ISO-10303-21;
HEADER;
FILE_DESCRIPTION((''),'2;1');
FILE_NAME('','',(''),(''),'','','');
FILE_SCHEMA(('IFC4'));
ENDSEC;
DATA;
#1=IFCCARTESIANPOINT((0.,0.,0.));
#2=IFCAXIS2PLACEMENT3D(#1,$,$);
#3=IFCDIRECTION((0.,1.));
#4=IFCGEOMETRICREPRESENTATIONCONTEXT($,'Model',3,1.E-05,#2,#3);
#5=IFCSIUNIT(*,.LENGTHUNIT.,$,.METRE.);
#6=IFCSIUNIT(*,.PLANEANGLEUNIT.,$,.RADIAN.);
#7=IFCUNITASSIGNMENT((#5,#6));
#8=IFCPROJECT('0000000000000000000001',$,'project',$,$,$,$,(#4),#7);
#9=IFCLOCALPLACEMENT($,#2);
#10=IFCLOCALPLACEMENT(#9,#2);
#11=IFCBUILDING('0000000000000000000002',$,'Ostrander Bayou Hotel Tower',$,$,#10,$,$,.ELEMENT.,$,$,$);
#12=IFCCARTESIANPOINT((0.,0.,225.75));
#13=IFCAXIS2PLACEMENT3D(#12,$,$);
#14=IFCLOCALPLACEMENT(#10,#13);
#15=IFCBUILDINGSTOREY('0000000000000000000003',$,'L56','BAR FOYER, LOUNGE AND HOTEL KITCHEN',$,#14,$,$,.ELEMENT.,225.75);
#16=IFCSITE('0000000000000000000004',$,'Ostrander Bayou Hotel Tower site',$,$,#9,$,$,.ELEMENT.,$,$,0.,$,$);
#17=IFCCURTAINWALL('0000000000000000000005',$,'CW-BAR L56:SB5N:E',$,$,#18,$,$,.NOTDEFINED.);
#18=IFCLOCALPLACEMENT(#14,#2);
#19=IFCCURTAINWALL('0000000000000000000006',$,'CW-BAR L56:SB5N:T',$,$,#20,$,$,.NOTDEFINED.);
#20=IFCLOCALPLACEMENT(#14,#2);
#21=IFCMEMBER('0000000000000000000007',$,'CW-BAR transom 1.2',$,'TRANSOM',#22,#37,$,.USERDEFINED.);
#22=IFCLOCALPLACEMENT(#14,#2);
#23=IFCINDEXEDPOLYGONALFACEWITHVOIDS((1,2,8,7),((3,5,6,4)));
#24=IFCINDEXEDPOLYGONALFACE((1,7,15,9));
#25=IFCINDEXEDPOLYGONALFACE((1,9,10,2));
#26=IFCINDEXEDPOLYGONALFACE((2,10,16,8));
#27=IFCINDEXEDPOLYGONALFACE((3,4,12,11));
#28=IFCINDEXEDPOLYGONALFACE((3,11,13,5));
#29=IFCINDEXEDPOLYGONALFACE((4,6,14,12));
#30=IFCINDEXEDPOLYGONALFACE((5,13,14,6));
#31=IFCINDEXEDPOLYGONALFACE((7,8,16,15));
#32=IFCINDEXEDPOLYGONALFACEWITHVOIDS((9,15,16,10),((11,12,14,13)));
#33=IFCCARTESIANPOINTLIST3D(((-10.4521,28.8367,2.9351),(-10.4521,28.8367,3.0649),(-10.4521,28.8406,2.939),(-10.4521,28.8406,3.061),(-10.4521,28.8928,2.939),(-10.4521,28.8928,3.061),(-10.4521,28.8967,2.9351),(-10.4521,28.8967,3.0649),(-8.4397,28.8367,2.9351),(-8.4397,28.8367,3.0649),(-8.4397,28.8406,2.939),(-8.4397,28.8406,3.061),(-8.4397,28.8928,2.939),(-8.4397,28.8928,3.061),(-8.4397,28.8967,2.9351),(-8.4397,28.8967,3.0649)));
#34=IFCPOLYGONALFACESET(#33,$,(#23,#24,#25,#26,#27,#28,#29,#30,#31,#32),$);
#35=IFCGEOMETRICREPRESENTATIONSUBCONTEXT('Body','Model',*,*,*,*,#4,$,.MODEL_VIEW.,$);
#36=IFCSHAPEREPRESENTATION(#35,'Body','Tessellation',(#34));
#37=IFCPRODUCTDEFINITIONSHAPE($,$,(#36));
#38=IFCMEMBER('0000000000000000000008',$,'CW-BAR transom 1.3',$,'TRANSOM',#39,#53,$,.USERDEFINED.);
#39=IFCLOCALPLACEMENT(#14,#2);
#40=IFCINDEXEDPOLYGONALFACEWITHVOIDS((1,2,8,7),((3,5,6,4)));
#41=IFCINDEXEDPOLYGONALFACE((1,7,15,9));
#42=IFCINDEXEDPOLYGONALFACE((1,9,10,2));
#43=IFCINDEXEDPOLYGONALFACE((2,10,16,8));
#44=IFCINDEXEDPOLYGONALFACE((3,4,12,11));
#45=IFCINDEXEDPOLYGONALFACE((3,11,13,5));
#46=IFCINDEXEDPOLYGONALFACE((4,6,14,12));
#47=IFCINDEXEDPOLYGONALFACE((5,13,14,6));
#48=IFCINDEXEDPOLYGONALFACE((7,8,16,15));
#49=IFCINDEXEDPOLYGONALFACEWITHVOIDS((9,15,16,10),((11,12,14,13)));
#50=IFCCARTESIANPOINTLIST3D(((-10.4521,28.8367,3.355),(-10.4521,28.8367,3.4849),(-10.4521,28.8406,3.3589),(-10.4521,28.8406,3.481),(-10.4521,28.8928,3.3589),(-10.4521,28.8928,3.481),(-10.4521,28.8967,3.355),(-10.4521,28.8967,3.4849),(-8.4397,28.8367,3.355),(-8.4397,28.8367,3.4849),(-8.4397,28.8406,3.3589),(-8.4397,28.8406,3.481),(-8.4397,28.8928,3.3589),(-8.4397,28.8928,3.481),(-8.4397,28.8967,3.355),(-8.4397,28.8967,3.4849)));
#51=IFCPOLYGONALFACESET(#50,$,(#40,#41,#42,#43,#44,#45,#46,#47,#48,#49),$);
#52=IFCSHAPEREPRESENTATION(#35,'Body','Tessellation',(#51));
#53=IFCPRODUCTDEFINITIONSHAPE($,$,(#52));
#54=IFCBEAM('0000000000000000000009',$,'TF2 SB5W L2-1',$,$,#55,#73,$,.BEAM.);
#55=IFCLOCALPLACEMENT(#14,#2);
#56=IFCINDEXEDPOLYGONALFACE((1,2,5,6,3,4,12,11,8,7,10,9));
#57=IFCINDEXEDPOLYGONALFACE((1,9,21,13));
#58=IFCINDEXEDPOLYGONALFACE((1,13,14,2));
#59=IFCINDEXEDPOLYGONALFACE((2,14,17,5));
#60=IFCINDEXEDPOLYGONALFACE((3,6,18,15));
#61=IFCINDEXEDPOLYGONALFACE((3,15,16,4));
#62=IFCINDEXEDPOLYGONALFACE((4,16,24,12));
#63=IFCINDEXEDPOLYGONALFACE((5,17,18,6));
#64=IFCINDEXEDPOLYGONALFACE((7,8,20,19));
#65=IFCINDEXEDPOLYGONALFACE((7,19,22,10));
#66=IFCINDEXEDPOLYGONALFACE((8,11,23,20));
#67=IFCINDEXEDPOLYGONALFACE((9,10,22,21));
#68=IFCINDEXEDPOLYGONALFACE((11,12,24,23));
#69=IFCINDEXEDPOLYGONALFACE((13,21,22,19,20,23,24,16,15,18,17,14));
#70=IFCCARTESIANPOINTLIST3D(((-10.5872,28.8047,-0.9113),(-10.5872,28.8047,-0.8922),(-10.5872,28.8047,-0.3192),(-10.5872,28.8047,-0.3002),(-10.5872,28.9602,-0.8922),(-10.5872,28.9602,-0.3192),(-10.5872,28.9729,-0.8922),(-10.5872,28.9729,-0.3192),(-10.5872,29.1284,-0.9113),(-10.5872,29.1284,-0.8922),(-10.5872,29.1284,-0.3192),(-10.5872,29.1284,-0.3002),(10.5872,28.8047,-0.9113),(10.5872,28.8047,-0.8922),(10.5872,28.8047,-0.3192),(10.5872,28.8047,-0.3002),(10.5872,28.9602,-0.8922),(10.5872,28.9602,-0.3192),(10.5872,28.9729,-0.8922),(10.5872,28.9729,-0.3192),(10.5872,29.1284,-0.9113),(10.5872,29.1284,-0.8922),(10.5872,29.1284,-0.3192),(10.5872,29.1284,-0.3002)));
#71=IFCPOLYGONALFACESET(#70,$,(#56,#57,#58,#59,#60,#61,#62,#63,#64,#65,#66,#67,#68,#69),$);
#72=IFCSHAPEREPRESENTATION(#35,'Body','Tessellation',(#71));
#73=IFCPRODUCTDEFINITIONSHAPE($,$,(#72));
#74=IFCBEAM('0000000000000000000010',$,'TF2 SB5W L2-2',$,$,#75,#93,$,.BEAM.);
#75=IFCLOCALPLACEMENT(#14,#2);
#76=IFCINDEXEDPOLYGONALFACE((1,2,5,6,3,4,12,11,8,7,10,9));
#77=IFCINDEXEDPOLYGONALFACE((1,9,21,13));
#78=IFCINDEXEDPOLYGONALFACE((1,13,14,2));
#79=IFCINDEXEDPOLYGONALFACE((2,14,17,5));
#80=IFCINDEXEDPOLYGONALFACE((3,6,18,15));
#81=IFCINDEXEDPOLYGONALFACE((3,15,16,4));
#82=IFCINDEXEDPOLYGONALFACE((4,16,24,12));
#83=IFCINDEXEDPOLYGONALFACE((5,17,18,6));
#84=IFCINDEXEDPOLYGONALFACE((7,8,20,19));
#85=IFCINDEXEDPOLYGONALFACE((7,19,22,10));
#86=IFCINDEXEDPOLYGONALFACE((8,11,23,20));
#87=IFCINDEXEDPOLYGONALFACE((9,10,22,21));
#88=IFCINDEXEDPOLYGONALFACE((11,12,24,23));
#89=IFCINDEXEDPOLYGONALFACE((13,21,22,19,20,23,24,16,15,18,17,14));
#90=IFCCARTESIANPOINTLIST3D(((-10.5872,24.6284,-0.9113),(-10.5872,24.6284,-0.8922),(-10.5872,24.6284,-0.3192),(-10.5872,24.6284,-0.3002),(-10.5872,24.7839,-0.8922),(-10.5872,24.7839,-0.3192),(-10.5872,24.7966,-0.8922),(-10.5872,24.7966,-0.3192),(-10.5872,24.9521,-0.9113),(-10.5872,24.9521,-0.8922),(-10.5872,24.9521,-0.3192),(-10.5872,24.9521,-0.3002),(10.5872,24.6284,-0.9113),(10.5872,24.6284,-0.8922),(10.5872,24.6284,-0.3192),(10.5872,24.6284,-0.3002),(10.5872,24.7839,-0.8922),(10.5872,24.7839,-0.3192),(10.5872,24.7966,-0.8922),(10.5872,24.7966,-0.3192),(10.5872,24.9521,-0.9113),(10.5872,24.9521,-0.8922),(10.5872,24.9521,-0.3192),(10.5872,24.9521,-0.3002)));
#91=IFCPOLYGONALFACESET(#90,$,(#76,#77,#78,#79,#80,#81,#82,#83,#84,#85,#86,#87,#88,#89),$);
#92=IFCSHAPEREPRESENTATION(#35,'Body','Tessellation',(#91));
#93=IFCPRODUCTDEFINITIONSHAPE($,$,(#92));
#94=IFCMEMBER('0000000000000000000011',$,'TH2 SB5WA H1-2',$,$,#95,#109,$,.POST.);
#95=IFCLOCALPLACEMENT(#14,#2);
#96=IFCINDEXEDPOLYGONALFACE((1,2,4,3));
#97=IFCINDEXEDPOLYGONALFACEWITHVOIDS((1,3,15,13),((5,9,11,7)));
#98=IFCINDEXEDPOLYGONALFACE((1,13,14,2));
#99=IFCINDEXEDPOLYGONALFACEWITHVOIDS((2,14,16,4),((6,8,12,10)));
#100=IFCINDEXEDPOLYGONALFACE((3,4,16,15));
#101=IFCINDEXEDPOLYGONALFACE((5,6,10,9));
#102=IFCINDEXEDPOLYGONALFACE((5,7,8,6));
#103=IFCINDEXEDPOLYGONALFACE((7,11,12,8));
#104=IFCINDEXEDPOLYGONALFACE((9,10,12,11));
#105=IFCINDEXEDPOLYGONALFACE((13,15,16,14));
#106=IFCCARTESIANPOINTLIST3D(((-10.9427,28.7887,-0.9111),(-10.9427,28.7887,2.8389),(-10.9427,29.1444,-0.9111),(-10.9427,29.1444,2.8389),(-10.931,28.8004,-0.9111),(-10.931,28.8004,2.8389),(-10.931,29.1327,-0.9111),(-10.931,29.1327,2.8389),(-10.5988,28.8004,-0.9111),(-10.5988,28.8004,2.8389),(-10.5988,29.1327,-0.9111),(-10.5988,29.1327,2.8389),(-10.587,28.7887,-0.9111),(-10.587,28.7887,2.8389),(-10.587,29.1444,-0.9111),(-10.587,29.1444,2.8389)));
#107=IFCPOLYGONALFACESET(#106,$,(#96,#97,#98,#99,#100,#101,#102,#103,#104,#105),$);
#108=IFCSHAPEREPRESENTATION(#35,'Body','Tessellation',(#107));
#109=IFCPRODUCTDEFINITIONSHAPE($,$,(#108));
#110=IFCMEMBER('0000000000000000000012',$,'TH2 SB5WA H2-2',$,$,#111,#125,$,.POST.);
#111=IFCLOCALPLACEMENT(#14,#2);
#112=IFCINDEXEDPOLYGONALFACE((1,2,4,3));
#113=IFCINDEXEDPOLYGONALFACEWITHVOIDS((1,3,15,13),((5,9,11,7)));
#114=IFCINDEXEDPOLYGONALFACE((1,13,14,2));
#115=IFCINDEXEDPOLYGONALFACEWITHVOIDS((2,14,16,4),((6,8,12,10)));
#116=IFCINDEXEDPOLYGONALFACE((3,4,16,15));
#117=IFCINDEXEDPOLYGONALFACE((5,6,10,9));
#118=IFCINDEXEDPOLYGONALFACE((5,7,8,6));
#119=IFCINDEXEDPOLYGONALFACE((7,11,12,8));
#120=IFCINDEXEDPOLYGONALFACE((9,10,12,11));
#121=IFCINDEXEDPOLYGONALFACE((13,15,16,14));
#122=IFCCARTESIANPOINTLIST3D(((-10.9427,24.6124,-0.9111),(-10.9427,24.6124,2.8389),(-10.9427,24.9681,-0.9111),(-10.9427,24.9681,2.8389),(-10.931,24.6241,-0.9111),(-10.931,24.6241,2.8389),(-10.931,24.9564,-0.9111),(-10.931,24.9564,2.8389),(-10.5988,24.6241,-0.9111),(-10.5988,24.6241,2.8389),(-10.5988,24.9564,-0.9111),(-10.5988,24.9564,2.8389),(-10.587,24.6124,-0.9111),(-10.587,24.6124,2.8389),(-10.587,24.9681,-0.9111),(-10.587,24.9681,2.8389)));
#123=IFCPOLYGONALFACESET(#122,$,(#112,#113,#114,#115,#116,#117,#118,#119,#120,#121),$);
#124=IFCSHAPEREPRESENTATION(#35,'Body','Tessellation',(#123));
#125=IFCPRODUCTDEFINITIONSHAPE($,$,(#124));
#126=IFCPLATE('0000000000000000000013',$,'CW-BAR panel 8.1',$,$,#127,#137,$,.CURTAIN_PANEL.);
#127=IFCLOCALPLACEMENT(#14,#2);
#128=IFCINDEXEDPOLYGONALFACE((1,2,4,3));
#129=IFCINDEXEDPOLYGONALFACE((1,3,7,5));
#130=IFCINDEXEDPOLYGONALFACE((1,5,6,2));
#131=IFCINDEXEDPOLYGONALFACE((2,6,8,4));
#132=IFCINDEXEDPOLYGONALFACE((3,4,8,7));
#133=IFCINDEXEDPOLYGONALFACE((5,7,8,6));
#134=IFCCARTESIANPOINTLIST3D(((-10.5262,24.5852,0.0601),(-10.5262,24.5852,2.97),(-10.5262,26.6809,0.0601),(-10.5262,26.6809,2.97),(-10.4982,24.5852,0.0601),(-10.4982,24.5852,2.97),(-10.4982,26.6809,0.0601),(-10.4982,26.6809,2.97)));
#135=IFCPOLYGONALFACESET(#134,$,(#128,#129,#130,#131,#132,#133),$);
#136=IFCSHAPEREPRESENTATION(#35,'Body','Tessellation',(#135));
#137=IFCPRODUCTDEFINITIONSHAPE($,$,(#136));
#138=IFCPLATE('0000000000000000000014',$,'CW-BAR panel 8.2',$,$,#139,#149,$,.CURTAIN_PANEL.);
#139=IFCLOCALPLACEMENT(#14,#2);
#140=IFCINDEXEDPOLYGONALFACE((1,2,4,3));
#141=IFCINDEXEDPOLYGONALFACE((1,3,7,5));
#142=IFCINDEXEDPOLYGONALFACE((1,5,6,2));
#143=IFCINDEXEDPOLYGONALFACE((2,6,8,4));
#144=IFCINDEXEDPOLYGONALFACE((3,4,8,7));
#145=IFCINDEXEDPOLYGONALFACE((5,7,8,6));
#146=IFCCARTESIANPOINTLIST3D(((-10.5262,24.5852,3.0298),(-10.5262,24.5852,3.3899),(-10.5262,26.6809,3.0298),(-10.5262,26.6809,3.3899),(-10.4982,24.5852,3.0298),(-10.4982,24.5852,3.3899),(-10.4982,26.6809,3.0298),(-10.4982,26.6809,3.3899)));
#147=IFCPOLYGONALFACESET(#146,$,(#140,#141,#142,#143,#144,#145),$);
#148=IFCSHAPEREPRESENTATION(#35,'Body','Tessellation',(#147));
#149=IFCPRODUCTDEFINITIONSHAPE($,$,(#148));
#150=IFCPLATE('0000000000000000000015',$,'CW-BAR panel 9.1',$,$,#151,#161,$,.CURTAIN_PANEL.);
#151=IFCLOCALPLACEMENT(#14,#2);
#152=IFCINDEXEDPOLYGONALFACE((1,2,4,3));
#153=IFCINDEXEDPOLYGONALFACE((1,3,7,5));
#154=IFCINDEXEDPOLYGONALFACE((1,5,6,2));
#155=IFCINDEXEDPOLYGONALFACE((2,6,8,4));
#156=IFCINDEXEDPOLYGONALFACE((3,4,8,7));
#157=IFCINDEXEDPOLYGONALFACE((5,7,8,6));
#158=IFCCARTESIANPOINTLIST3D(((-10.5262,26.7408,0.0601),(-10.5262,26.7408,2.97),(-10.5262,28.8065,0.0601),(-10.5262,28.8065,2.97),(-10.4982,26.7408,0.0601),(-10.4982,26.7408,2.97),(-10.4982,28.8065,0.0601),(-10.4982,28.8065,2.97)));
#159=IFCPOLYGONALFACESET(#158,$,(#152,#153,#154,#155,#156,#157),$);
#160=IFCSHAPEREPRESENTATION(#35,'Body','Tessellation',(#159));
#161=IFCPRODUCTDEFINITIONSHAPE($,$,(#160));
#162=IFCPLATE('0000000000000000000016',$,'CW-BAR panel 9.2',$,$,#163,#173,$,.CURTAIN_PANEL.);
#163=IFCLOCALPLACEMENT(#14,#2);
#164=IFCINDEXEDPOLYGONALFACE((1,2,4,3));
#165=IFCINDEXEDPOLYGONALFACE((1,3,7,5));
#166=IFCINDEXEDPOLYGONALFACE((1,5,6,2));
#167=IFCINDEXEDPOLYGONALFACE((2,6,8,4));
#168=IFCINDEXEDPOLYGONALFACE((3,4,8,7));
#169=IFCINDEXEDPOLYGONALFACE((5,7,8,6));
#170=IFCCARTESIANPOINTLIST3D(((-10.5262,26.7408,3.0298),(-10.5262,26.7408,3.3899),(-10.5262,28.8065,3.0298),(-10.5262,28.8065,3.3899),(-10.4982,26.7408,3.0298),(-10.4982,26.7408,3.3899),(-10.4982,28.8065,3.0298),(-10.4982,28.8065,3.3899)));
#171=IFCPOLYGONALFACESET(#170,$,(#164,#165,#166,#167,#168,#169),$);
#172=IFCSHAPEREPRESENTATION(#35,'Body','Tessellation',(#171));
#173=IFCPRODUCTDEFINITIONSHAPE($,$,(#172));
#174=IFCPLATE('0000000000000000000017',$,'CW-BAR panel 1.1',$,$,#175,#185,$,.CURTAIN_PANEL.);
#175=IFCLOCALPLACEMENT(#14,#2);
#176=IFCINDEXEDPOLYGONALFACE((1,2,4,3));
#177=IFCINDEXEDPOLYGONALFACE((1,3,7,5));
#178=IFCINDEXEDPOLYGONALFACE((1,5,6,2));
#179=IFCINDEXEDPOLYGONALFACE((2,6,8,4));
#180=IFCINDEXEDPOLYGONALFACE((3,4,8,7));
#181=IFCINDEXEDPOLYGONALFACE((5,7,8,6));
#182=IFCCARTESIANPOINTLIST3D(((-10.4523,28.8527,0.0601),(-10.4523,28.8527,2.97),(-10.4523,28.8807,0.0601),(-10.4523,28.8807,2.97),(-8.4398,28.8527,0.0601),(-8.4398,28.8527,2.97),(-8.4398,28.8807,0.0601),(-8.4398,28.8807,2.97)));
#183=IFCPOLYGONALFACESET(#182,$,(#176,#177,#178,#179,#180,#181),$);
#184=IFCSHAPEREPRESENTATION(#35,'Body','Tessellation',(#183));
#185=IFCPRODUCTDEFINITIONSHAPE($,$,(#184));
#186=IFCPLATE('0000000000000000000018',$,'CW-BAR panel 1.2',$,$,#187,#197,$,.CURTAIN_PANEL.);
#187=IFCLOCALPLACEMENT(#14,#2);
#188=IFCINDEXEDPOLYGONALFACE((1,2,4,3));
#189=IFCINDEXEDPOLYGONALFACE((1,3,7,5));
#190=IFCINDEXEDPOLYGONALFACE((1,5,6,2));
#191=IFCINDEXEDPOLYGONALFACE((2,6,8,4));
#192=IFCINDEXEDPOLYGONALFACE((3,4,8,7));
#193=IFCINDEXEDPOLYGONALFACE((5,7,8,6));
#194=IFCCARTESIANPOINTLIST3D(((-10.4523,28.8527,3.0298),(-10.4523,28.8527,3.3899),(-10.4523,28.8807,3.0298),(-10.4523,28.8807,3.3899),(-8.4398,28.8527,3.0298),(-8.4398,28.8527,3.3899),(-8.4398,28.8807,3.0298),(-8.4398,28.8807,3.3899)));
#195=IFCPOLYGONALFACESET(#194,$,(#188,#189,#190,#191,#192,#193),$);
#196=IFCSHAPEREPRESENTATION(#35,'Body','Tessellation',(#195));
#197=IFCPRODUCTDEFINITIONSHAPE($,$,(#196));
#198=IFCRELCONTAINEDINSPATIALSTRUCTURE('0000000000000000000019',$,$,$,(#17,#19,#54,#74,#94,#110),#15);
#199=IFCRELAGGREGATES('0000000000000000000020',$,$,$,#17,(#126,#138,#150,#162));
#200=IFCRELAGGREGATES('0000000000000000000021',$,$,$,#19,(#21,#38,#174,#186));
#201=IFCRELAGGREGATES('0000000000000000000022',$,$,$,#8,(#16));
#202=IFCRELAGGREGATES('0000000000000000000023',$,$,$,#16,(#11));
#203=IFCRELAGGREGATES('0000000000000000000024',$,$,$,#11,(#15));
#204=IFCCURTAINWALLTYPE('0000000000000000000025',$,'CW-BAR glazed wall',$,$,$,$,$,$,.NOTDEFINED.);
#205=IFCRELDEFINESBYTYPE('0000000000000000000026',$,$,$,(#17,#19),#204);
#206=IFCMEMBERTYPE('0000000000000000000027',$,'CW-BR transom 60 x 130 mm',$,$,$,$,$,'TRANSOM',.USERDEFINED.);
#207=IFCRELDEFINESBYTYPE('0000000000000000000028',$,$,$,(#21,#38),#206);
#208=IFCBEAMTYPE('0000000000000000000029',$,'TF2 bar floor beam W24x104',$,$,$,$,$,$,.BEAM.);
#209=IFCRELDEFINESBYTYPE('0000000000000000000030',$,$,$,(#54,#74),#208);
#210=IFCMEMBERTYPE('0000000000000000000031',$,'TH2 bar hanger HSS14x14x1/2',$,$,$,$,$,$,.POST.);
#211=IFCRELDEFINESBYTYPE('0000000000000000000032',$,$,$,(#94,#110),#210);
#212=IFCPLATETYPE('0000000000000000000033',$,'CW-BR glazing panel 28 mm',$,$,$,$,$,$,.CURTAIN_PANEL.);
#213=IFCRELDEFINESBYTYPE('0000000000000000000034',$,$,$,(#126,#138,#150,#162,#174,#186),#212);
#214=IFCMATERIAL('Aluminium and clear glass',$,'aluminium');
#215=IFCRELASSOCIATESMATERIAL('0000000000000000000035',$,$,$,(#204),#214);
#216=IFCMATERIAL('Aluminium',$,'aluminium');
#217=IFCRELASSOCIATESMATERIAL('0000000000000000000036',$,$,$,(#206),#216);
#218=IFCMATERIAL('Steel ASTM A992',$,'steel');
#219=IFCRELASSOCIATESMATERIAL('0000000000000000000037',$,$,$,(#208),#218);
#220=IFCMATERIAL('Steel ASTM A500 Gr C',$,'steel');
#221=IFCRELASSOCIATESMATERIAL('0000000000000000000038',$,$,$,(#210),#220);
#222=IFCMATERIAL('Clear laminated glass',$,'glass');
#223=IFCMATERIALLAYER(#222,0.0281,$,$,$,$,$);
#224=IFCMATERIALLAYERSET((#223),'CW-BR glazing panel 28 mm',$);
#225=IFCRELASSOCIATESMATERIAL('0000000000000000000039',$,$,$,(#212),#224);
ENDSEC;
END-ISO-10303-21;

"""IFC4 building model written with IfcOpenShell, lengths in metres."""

from ifc_helpers import new_model, si_unit, direction, frame, origin, origin_2d, place, context, subcontext, project, spatial, rectangle, hollow_rectangle, i_section, extrude, material, layer, layer_set, material_profile, profile_set, type_object, element, aggregate, save


model = new_model("IFC4")

# Units and contexts
model_context = context("Model", 3, precision=1e-05, world=origin(), true_north=direction((0.0, 1.0)))
body_context = subcontext(model_context, "Body", "Model", "MODEL_VIEW")
ifc_project = project(units=[si_unit("LENGTHUNIT", "METRE"), si_unit("PLANEANGLEUNIT", "RADIAN")], contexts=[model_context])

# Site, building, storey
site_placement = place(None, origin())
site = spatial("IfcSite", under=ifc_project, at=site_placement, Name="Ostrander Bayou Hotel Tower site", CompositionType="ELEMENT", RefElevation=0.0)
building_placement = place(site_placement, origin())
building = spatial("IfcBuilding", under=site, at=building_placement, Name="Ostrander Bayou Hotel Tower", CompositionType="ELEMENT")
storey_placement = place(building_placement, frame((0.0, 0.0, 225.75)))
storey = spatial("IfcBuildingStorey", under=building, at=storey_placement, Name="L56", Description="BAR FOYER, LOUNGE AND HOTEL KITCHEN", CompositionType="ELEMENT", Elevation=225.75)

# Curtain walls
ifc_material_1 = material(Name="Aluminium and clear glass", Category="aluminium")
curtain_wall_type = type_object("IfcCurtainWallType", Name="CW-BAR glazed wall", PredefinedType="NOTDEFINED", material=ifc_material_1)
curtain_wall_1_placement = place(storey_placement, origin())
curtain_wall_1 = element("IfcCurtainWall", 1, at=curtain_wall_1_placement, inside=storey, type_object=curtain_wall_type, Name="CW-BAR L56:SB5N:E", PredefinedType="NOTDEFINED")
curtain_wall_2_placement = place(storey_placement, origin())
curtain_wall_2 = element("IfcCurtainWall", 2, at=curtain_wall_2_placement, inside=storey, type_object=curtain_wall_type, Name="CW-BAR L56:SB5N:T", PredefinedType="NOTDEFINED")

# Members
ifc_material_2 = material(Name="Aluminium", Category="aluminium")
ifc_material_profile_1 = material_profile(ifc_material_2, hollow_rectangle(XDim=0.0601, YDim=0.1299, WallThickness=0.0039, at=origin_2d()))
ifc_profile_set_1 = profile_set([ifc_material_profile_1], Name="Aluminium")
member_type_1 = type_object("IfcMemberType", Name="CW-BR transom 60 x 130 mm", ElementType="TRANSOM", PredefinedType="USERDEFINED", material=ifc_profile_set_1)
member_1_placement = place(storey_placement, frame((-10.4521, 28.8667, 3.0), z_axis=(1.0, 0.0, 0.0), x_axis=(0.0, 1.0, 0.0)))
member_1 = element("IfcMember", 3, at=member_1_placement, type_object=member_type_1, Name="CW-BAR transom 1.2", ObjectType="TRANSOM", PredefinedType="USERDEFINED", context=body_context, shape_type="SweptSolid", body=[
    extrude(hollow_rectangle(XDim=0.0601, YDim=0.1299, WallThickness=0.0039, at=origin_2d()), origin(), (0.0, 0.0, 1.0), 2.0125),
])
member_2_placement = place(storey_placement, frame((-10.4521, 28.8667, 3.4199), z_axis=(1.0, 0.0, 0.0), x_axis=(0.0, 1.0, 0.0)))
member_2 = element("IfcMember", 4, at=member_2_placement, type_object=member_type_1, Name="CW-BAR transom 1.3", ObjectType="TRANSOM", PredefinedType="USERDEFINED", context=body_context, shape_type="SweptSolid", body=[
    extrude(hollow_rectangle(XDim=0.0601, YDim=0.1299, WallThickness=0.0039, at=origin_2d()), origin(), (0.0, 0.0, 1.0), 2.0125),
])

# Beams
ifc_material_3 = material(Name="Steel ASTM A992", Category="steel")
ifc_material_profile_2 = material_profile(ifc_material_3, i_section(OverallWidth=0.3237, OverallDepth=0.6111, WebThickness=0.0127, FlangeThickness=0.019, at=origin_2d()))
ifc_profile_set_2 = profile_set([ifc_material_profile_2], Name="Steel ASTM A992")
beam_type = type_object("IfcBeamType", Name="TF2 bar floor beam W24x104", PredefinedType="BEAM", material=ifc_profile_set_2)
for number, where, z_axis, x_axis, name in (
    (5, (-10.5872, 28.9666, -0.6057), (1.0, 0.0, 0.0), (0.0, 1.0, 0.0), "TF2 SB5W L2-1"),
    (6, (-10.5872, 24.7903, -0.6057), (1.0, 0.0, 0.0), (0.0, 1.0, 0.0), "TF2 SB5W L2-2"),
):
    element("IfcBeam", number, at=place(storey_placement, frame(where, z_axis=z_axis, x_axis=x_axis)), inside=storey, type_object=beam_type, Name=name, PredefinedType="BEAM", context=body_context, shape_type="SweptSolid", body=[
        extrude(i_section(OverallWidth=0.3237, OverallDepth=0.6111, WebThickness=0.0127, FlangeThickness=0.019, at=origin_2d()), origin(), (0.0, 0.0, 1.0), 21.1743),
    ])

# Members
ifc_material_4 = material(Name="Steel ASTM A500 Gr C", Category="steel")
ifc_material_profile_3 = material_profile(ifc_material_4, hollow_rectangle(XDim=0.3557, YDim=0.3557, WallThickness=0.0117, at=origin_2d()))
ifc_profile_set_3 = profile_set([ifc_material_profile_3], Name="Steel ASTM A500 Gr C")
member_type_2 = type_object("IfcMemberType", Name="TH2 bar hanger HSS14x14x1/2", PredefinedType="POST", material=ifc_profile_set_3)
for number, where, z_axis, x_axis, name in (
    (7, (-10.7649, 28.9666, -0.9111), (0.0, 0.0, 1.0), (1.0, 0.0, 0.0), "TH2 SB5WA H1-2"),
    (8, (-10.7649, 24.7903, -0.9111), (0.0, 0.0, 1.0), (1.0, 0.0, 0.0), "TH2 SB5WA H2-2"),
):
    element("IfcMember", number, at=place(storey_placement, frame(where, z_axis=z_axis, x_axis=x_axis)), inside=storey, type_object=member_type_2, Name=name, PredefinedType="POST", context=body_context, shape_type="SweptSolid", body=[
        extrude(hollow_rectangle(XDim=0.3557, YDim=0.3557, WallThickness=0.0117, at=origin_2d()), origin(), (0.0, 0.0, 1.0), 3.75),
    ])

# Plates
ifc_material_5 = material(Name="Clear laminated glass", Category="glass")
ifc_layer = layer(ifc_material_5, 0.0281)
ifc_layer_set = layer_set([ifc_layer], Name="CW-BR glazing panel 28 mm")
plate_type = type_object("IfcPlateType", Name="CW-BR glazing panel 28 mm", PredefinedType="CURTAIN_PANEL", material=ifc_layer_set)
plate_1_placement = place(storey_placement, frame((-10.5122, 25.6331, 0.0601), z_axis=(0.0, 0.0, 1.0), x_axis=(0.0, 1.0, 0.0)))
plate_1 = element("IfcPlate", 9, at=plate_1_placement, type_object=plate_type, Name="CW-BAR panel 8.1", PredefinedType="CURTAIN_PANEL", context=body_context, shape_type="SweptSolid", body=[
    extrude(rectangle(XDim=2.0957, YDim=0.0281, at=origin_2d()), origin(), (0.0, 0.0, 1.0), 2.9099),
])
plate_2_placement = place(storey_placement, frame((-10.5122, 25.6331, 3.0298), z_axis=(0.0, 0.0, 1.0), x_axis=(0.0, 1.0, 0.0)))
plate_2 = element("IfcPlate", 10, at=plate_2_placement, type_object=plate_type, Name="CW-BAR panel 8.2", PredefinedType="CURTAIN_PANEL", context=body_context, shape_type="SweptSolid", body=[
    extrude(rectangle(XDim=2.0957, YDim=0.0281, at=origin_2d()), origin(), (0.0, 0.0, 1.0), 0.3601),
])
plate_3_placement = place(storey_placement, frame((-10.5122, 27.7737, 0.0601), z_axis=(0.0, 0.0, 1.0), x_axis=(0.0, 1.0, 0.0)))
plate_3 = element("IfcPlate", 11, at=plate_3_placement, type_object=plate_type, Name="CW-BAR panel 9.1", PredefinedType="CURTAIN_PANEL", context=body_context, shape_type="SweptSolid", body=[
    extrude(rectangle(XDim=2.0657, YDim=0.0281, at=origin_2d()), origin(), (0.0, 0.0, 1.0), 2.9099),
])
plate_4_placement = place(storey_placement, frame((-10.5122, 27.7737, 3.0298), z_axis=(0.0, 0.0, 1.0), x_axis=(0.0, 1.0, 0.0)))
plate_4 = element("IfcPlate", 12, at=plate_4_placement, type_object=plate_type, Name="CW-BAR panel 9.2", PredefinedType="CURTAIN_PANEL", context=body_context, shape_type="SweptSolid", body=[
    extrude(rectangle(XDim=2.0657, YDim=0.0281, at=origin_2d()), origin(), (0.0, 0.0, 1.0), 0.3601),
])
aggregate(curtain_wall_1, [plate_1, plate_2, plate_3, plate_4])
plate_5_placement = place(storey_placement, frame((-9.446, 28.8667, 0.0601), z_axis=(0.0, 0.0, 1.0), x_axis=(1.0, 0.0, 0.0)))
plate_5 = element("IfcPlate", 13, at=plate_5_placement, type_object=plate_type, Name="CW-BAR panel 1.1", PredefinedType="CURTAIN_PANEL", context=body_context, shape_type="SweptSolid", body=[
    extrude(rectangle(XDim=2.0125, YDim=0.0281, at=origin_2d()), origin(), (0.0, 0.0, 1.0), 2.9099),
])
plate_6_placement = place(storey_placement, frame((-9.446, 28.8667, 3.0298), z_axis=(0.0, 0.0, 1.0), x_axis=(1.0, 0.0, 0.0)))
plate_6 = element("IfcPlate", 14, at=plate_6_placement, type_object=plate_type, Name="CW-BAR panel 1.2", PredefinedType="CURTAIN_PANEL", context=body_context, shape_type="SweptSolid", body=[
    extrude(rectangle(XDim=2.0125, YDim=0.0281, at=origin_2d()), origin(), (0.0, 0.0, 1.0), 0.3601),
])
aggregate(curtain_wall_2, [member_1, member_2, plate_5, plate_6])

save(model, "model.ifc")
